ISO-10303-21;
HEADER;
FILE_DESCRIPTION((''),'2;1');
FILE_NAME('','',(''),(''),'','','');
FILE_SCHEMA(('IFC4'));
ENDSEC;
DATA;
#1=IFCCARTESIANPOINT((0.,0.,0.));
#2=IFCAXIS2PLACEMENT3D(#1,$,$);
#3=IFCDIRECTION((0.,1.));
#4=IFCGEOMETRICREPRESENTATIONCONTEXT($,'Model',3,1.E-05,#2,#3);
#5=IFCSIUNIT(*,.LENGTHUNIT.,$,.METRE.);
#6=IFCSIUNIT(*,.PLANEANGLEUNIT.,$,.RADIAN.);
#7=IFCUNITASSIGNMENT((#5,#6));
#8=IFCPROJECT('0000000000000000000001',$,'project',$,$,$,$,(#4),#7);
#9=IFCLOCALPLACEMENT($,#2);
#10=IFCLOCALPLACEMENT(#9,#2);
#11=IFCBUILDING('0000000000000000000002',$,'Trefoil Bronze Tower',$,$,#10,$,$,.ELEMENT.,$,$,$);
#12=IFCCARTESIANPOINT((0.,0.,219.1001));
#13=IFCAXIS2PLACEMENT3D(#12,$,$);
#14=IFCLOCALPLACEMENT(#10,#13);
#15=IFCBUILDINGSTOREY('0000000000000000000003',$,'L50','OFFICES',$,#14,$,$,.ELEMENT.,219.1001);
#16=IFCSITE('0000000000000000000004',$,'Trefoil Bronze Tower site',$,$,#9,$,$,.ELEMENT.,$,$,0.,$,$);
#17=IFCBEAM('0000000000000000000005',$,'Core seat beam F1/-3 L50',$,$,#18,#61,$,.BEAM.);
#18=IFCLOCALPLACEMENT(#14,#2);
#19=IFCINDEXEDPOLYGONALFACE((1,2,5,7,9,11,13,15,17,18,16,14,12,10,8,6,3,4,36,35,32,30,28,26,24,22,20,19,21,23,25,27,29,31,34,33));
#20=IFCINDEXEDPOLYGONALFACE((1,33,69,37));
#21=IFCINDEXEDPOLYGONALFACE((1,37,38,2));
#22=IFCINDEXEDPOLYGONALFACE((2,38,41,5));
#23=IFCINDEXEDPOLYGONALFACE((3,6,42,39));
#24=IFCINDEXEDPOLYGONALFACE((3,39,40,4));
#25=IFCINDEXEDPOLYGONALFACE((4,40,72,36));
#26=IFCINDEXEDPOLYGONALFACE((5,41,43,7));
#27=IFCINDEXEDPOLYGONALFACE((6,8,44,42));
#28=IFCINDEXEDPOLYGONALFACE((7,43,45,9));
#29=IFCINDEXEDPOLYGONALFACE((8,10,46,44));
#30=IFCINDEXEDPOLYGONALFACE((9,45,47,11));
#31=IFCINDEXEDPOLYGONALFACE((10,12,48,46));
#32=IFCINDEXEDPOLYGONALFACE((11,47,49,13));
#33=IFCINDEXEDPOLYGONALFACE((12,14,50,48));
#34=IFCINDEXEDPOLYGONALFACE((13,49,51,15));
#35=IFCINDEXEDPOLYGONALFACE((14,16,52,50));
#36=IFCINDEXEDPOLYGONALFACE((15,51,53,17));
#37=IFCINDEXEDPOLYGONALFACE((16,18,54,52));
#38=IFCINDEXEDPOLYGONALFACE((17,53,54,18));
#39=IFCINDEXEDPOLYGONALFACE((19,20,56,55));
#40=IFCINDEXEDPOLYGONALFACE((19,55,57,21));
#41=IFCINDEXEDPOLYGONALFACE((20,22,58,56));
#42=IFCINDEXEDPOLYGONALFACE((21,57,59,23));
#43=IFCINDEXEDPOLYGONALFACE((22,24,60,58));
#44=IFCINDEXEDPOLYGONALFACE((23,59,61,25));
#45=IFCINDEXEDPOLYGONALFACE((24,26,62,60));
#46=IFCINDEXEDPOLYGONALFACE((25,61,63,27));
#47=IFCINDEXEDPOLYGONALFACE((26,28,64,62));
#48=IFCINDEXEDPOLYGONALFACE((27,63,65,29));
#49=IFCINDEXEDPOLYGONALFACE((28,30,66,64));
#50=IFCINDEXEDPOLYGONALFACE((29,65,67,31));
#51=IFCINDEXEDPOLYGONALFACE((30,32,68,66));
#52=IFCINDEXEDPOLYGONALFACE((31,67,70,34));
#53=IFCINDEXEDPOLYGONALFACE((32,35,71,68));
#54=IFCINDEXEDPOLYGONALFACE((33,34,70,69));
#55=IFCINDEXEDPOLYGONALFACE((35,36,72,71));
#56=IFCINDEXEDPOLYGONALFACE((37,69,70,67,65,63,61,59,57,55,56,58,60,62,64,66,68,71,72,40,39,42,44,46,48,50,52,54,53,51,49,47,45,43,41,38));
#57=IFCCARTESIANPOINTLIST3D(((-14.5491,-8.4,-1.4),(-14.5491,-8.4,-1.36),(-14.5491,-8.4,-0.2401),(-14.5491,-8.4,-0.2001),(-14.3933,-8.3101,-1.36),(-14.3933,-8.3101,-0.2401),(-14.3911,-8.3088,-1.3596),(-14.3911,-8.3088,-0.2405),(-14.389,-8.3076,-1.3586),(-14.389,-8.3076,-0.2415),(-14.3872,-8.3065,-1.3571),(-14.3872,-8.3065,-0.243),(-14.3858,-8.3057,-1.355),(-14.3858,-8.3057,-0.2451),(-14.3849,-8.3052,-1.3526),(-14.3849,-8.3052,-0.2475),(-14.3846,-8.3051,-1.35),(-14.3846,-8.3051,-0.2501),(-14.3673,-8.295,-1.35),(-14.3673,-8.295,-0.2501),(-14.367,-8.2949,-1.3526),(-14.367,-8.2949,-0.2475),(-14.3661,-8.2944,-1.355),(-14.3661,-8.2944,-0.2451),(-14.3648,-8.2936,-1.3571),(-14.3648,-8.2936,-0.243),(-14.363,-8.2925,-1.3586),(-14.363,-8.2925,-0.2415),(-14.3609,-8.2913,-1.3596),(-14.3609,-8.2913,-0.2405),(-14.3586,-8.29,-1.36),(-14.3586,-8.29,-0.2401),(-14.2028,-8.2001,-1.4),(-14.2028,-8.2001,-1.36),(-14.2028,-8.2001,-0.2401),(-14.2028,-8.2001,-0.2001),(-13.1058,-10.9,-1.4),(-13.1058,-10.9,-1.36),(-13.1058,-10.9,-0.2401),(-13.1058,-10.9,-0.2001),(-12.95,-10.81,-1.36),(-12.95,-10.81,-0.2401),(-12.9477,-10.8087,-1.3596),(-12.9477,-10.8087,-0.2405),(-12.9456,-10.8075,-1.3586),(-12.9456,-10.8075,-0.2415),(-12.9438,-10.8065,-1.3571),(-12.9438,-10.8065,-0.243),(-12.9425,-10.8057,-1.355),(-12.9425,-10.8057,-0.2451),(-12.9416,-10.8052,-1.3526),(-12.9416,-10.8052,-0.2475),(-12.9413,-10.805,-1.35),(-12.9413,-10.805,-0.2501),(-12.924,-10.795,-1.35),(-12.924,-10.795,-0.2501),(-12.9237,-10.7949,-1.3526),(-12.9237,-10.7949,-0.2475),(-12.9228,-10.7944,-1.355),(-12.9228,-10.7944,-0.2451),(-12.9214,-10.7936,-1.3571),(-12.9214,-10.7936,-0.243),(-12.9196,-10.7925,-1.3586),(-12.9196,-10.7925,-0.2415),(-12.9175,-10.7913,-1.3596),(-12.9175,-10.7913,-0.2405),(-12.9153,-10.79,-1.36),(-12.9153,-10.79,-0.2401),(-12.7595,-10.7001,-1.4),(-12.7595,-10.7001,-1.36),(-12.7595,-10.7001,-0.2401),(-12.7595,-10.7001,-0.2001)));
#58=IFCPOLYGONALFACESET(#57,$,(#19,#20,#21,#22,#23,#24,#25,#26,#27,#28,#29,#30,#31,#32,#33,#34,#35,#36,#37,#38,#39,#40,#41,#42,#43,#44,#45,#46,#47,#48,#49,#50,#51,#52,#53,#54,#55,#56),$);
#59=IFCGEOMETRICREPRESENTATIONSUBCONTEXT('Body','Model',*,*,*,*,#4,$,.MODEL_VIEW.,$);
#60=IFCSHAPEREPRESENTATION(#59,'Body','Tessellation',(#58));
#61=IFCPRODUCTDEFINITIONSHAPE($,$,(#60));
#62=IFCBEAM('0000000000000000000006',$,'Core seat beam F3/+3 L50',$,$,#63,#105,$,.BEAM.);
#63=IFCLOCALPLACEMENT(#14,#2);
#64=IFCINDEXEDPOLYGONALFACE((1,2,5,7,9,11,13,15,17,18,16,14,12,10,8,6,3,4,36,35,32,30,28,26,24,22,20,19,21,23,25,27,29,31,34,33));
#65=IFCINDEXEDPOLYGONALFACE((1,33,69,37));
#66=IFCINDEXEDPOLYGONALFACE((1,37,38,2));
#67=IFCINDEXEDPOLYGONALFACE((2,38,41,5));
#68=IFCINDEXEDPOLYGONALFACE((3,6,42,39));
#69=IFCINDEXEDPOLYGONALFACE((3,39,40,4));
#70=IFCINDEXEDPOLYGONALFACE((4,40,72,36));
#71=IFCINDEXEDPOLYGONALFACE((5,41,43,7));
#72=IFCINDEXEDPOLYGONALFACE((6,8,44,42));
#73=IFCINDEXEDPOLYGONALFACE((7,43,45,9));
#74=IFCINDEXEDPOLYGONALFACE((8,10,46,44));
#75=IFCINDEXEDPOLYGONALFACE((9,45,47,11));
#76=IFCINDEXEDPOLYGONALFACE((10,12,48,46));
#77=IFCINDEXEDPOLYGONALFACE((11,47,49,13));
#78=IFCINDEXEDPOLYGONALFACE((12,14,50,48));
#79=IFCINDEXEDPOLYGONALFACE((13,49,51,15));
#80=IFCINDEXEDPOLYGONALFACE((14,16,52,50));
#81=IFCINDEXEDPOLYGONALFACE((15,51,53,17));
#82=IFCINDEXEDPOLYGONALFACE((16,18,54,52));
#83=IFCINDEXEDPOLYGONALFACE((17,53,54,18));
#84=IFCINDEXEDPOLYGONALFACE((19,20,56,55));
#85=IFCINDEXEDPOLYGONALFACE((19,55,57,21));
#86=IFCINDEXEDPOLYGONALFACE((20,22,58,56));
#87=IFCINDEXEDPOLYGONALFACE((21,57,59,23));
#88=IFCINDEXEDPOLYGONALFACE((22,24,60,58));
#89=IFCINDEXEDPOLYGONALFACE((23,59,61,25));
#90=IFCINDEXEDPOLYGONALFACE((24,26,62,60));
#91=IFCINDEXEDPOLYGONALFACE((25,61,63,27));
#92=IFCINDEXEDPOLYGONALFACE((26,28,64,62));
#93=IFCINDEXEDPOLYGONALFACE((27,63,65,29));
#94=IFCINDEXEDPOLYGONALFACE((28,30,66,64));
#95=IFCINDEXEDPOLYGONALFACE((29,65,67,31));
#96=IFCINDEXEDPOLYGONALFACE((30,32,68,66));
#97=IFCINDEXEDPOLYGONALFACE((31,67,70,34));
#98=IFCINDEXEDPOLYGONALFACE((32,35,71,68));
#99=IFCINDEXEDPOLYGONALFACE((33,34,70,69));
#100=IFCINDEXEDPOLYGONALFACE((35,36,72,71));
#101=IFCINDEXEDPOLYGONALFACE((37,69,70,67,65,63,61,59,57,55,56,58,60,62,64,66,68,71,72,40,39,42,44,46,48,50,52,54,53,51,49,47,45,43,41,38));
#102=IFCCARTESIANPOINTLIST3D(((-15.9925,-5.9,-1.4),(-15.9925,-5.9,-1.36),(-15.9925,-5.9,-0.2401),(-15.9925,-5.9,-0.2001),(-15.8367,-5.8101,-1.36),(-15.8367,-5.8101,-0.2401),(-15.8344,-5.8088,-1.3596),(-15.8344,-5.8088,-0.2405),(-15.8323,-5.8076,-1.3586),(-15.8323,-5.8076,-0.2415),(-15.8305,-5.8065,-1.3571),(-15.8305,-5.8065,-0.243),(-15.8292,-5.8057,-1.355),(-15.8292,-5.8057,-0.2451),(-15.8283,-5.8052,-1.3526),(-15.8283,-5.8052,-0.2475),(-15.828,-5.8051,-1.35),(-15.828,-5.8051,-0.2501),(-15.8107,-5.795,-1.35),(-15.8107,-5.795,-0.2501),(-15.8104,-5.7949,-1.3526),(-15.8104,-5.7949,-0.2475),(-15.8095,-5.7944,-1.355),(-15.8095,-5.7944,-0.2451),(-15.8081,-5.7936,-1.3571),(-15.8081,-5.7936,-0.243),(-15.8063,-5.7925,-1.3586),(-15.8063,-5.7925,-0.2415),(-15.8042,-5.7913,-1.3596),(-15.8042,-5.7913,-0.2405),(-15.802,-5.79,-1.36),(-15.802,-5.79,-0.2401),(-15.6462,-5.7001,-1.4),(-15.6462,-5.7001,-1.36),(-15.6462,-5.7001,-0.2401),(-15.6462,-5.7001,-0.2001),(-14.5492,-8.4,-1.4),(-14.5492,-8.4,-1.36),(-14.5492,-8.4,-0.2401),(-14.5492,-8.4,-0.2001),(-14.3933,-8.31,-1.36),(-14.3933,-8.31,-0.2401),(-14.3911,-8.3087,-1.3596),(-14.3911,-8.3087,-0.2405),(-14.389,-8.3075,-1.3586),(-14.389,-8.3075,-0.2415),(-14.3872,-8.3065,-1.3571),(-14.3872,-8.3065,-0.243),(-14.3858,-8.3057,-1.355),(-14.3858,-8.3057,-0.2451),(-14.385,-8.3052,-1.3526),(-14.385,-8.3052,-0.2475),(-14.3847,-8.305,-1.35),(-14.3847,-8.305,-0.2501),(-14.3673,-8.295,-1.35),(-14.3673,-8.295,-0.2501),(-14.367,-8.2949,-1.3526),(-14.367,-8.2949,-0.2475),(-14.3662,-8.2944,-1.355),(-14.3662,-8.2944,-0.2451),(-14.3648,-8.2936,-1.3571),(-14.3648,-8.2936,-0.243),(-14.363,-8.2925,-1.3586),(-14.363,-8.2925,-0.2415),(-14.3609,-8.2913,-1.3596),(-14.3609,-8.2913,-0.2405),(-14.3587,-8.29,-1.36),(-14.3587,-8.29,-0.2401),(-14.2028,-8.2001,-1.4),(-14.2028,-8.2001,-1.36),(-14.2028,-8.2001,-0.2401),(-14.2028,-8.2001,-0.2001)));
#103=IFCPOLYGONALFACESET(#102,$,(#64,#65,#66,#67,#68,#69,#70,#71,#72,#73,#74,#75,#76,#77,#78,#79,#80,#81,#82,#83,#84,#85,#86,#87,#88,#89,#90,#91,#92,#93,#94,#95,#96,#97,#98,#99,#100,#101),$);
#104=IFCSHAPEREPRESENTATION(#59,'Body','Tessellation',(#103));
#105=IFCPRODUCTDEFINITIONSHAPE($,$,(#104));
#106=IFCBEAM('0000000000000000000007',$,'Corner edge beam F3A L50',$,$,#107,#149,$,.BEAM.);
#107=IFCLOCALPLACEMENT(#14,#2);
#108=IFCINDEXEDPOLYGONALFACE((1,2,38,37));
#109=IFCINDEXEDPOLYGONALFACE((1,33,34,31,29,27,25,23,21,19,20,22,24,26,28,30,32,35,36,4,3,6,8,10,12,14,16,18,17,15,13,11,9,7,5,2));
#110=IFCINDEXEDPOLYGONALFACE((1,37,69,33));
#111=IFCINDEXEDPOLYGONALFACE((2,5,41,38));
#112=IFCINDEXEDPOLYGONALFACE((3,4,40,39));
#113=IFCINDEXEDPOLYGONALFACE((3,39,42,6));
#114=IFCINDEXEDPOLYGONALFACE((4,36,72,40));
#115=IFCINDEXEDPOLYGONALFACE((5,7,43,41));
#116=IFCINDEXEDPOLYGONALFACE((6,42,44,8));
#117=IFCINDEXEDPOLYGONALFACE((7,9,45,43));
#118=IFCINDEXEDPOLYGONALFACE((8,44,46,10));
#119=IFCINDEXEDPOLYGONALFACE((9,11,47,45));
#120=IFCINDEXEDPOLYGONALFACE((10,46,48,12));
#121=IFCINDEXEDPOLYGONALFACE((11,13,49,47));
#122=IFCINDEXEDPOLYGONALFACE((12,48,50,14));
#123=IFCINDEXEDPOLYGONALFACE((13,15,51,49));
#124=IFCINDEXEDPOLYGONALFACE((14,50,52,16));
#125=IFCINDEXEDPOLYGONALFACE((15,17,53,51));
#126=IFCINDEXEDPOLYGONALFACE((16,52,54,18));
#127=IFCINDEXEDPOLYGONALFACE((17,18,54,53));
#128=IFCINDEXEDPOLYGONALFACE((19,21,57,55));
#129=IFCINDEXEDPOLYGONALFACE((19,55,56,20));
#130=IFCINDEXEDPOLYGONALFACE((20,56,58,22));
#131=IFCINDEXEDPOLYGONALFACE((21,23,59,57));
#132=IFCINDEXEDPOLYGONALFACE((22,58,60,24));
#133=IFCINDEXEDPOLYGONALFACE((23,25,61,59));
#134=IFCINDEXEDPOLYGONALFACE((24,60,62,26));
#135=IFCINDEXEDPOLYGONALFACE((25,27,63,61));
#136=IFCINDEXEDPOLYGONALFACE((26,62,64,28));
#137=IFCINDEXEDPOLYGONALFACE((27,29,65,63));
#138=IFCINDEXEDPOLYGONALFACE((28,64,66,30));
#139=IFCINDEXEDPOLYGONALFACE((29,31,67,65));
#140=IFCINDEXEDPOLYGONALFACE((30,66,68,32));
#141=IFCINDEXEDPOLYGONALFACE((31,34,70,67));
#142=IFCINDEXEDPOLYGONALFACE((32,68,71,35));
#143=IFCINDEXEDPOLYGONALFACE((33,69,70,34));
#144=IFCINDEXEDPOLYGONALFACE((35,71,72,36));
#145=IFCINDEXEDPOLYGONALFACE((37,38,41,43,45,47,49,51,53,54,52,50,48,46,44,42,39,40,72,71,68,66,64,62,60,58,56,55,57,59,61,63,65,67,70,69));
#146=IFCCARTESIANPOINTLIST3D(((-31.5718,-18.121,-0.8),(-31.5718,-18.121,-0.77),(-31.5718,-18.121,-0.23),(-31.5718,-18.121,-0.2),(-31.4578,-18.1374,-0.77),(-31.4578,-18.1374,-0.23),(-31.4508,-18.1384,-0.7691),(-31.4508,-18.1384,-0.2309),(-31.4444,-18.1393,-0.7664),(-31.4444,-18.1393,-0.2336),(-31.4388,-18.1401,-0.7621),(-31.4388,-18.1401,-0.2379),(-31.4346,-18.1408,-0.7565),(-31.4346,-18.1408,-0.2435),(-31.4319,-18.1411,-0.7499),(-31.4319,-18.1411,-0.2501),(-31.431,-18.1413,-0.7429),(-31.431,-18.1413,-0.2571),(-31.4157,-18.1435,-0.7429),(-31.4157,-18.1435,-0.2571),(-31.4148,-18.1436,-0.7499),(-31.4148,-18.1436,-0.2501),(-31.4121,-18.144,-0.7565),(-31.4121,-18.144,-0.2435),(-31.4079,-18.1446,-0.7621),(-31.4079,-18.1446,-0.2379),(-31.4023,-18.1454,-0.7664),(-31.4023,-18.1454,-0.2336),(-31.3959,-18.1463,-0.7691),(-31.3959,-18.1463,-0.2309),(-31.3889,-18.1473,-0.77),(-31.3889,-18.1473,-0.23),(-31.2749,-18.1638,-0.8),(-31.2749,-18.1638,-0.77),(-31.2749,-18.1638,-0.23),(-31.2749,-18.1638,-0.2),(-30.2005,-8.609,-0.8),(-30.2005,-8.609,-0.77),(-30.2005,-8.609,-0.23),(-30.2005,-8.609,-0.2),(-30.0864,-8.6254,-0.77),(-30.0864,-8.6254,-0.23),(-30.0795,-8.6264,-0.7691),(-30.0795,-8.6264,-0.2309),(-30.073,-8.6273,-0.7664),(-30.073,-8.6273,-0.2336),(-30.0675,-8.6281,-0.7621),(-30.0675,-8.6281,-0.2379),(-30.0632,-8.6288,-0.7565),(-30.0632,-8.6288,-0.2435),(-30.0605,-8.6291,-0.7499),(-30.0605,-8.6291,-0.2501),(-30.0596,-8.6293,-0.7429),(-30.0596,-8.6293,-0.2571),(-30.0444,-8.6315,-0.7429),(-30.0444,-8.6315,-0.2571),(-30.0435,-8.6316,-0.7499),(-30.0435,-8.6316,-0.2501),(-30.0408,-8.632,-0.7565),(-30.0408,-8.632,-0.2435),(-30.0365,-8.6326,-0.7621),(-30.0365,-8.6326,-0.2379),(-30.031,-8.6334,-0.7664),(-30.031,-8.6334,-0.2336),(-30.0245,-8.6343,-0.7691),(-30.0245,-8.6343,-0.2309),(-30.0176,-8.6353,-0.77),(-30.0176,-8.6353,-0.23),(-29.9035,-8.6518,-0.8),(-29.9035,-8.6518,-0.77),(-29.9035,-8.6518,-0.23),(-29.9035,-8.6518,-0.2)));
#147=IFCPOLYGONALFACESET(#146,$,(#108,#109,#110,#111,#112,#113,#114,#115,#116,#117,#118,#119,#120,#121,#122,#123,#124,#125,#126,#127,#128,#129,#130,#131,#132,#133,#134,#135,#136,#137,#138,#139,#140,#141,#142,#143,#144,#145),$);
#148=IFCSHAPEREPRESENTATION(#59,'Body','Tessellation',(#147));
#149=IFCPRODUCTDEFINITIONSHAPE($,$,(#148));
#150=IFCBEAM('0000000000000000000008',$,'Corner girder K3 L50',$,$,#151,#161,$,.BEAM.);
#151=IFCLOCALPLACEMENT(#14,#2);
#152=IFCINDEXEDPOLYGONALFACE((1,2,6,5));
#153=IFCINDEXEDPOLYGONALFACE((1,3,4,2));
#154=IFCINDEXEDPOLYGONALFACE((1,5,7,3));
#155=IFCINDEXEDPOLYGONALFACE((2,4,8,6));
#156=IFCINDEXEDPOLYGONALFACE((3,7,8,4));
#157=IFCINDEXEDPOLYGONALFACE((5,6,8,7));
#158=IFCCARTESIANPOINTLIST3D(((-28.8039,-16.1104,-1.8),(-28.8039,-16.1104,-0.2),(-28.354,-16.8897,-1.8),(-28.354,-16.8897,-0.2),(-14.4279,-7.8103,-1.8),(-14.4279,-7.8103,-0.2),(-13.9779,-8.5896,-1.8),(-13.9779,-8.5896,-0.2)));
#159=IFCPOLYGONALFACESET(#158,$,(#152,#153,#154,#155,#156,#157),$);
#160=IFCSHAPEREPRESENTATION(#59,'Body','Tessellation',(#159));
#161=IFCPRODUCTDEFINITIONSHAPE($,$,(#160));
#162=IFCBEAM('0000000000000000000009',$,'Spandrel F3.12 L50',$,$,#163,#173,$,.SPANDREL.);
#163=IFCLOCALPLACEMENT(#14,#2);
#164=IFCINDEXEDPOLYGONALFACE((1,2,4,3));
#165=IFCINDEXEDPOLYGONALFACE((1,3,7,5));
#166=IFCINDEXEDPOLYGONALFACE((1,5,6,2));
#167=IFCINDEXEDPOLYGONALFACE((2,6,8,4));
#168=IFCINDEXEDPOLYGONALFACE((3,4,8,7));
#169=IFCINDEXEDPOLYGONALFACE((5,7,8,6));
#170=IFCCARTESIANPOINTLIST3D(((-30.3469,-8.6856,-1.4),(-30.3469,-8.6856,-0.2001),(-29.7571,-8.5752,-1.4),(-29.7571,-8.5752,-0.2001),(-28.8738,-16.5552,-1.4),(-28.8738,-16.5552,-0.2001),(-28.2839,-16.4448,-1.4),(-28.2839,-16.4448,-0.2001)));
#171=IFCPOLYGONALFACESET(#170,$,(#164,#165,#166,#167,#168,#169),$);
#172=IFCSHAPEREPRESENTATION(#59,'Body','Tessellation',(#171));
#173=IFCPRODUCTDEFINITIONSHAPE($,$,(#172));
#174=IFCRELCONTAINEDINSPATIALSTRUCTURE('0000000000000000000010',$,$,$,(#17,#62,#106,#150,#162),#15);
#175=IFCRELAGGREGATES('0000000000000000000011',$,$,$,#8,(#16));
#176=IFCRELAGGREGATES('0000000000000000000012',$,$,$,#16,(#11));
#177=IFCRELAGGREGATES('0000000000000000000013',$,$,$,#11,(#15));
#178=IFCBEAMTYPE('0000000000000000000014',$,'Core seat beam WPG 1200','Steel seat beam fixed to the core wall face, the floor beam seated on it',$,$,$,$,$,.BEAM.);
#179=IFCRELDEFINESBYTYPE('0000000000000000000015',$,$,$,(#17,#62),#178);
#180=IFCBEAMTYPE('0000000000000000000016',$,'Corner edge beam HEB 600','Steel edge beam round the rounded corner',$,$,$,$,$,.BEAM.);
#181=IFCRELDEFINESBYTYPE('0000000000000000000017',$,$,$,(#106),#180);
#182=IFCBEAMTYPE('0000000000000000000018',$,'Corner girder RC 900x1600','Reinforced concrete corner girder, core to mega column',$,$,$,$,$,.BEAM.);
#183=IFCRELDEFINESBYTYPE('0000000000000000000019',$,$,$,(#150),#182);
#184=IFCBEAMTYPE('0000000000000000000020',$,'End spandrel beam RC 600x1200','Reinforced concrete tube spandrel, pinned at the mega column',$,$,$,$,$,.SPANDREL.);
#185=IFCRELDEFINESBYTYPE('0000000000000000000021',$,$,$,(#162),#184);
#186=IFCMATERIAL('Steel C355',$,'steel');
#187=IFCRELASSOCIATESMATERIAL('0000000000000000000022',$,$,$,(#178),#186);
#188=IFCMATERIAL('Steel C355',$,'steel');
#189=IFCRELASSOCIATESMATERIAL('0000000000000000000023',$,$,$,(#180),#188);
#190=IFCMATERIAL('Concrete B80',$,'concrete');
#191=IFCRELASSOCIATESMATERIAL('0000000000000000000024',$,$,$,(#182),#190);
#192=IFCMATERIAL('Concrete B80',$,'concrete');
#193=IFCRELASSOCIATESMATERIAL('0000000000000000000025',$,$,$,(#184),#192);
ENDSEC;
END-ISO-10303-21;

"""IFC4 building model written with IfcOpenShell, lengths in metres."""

from ifc_helpers import new_model, si_unit, direction, frame, origin, origin_2d, place, context, subcontext, project, spatial, rectangle, i_section, extrude, material, material_profile, profile_set, type_object, element, save


model = new_model("IFC4")

# Units and contexts
model_context = context("Model", 3, precision=1e-05, world=origin(), true_north=direction((0.0, 1.0)))
body_context = subcontext(model_context, "Body", "Model", "MODEL_VIEW")
ifc_project = project(units=[si_unit("LENGTHUNIT", "METRE"), si_unit("PLANEANGLEUNIT", "RADIAN")], contexts=[model_context])

# Site, building, storey
site_placement = place(None, origin())
site = spatial("IfcSite", under=ifc_project, at=site_placement, Name="Trefoil Bronze Tower site", CompositionType="ELEMENT", RefElevation=0.0)
building_placement = place(site_placement, origin())
building = spatial("IfcBuilding", under=site, at=building_placement, Name="Trefoil Bronze Tower", CompositionType="ELEMENT")
storey_placement = place(building_placement, frame((0.0, 0.0, 219.1001)))
storey = spatial("IfcBuildingStorey", under=building, at=storey_placement, Name="L50", Description="OFFICES", CompositionType="ELEMENT", Elevation=219.1001)

# Beams
ifc_material_1 = material(Name="Steel C355", Category="steel")
ifc_material_profile_1 = material_profile(ifc_material_1, i_section(OverallWidth=0.3999, OverallDepth=1.2, WebThickness=0.02, FlangeThickness=0.04, FilletRadius=0.01, at=origin_2d()), Name="WPG 1200")
ifc_profile_set_1 = profile_set([ifc_material_profile_1], Name="Steel C355")
beam_type_1 = type_object("IfcBeamType", Name="Core seat beam WPG 1200", Description="Steel seat beam fixed to the core wall face, the floor beam seated on it", PredefinedType="BEAM", material=ifc_profile_set_1)
for number, where, z_axis, x_axis, name in (
    (1, (-14.376, -8.3, -0.8), (0.499996, -0.866028, 0.0), (0.866028, 0.499996, 0.0), "Core seat beam F1/-3 L50"),
    (2, (-15.8193, -5.8, -0.8), (0.499996, -0.866028, 0.0), (0.866028, 0.499996, 0.0), "Core seat beam F3/+3 L50"),
):
    element("IfcBeam", number, at=place(storey_placement, frame(where, z_axis=z_axis, x_axis=x_axis)), inside=storey, type_object=beam_type_1, Name=name, PredefinedType="BEAM", context=body_context, shape_type="SweptSolid", body=[
        extrude(i_section(OverallWidth=0.3999, OverallDepth=1.2, WebThickness=0.02, FlangeThickness=0.04, FilletRadius=0.01, at=origin_2d()), origin(), (0.0, 0.0, 1.0), 2.8867),
    ])
ifc_material_2 = material(Name="Steel C355", Category="steel")
ifc_material_profile_2 = material_profile(ifc_material_2, i_section(OverallWidth=0.3, OverallDepth=0.6001, WebThickness=0.0154, FlangeThickness=0.03, FilletRadius=0.0271, at=origin_2d()), Name="HEB 600")
ifc_profile_set_2 = profile_set([ifc_material_profile_2], Name="Steel C355")
beam_type_2 = type_object("IfcBeamType", Name="Corner edge beam HEB 600", Description="Steel edge beam round the rounded corner", PredefinedType="BEAM", material=ifc_profile_set_2)
beam_1_placement = place(storey_placement, frame((-30.052, -8.6304, -0.5), z_axis=(-0.142694, -0.989767, 0.0), x_axis=(0.989767, -0.142694, 0.0)))
element("IfcBeam", 3, at=beam_1_placement, inside=storey, type_object=beam_type_2, Name="Corner edge beam F3A L50", PredefinedType="BEAM", context=body_context, shape_type="SweptSolid", body=[
    extrude(i_section(OverallWidth=0.3, OverallDepth=0.6001, WebThickness=0.0154, FlangeThickness=0.03, FilletRadius=0.0271, at=origin_2d()), origin(), (0.0, 0.0, 1.0), 9.6104),
])
ifc_material_3 = material(Name="Concrete B80", Category="concrete")
ifc_material_profile_3 = material_profile(ifc_material_3, rectangle(XDim=0.8999, YDim=1.6001, at=origin_2d()), Name="RC 900x1600")
ifc_profile_set_3 = profile_set([ifc_material_profile_3], Name="Concrete B80")
beam_type_3 = type_object("IfcBeamType", Name="Corner girder RC 900x1600", Description="Reinforced concrete corner girder, core to mega column", PredefinedType="BEAM", material=ifc_profile_set_3)
beam_2_placement = place(storey_placement, frame((-14.2029, -8.2, -1.0), z_axis=(-0.866023, -0.500003, 0.0), x_axis=(0.500003, -0.866023, 0.0)))
element("IfcBeam", 4, at=beam_2_placement, inside=storey, type_object=beam_type_3, Name="Corner girder K3 L50", PredefinedType="BEAM", context=body_context, shape_type="SweptSolid", body=[
    extrude(rectangle(XDim=0.8999, YDim=1.6001, at=origin_2d()), origin(), (0.0, 0.0, 1.0), 16.6001),
])
ifc_material_4 = material(Name="Concrete B80", Category="concrete")
ifc_material_profile_4 = material_profile(ifc_material_4, rectangle(XDim=0.6001, YDim=1.2, at=origin_2d()), Name="RC 600x1200")
ifc_profile_set_4 = profile_set([ifc_material_profile_4], Name="Concrete B80")
beam_type_4 = type_object("IfcBeamType", Name="End spandrel beam RC 600x1200", Description="Reinforced concrete tube spandrel, pinned at the mega column", PredefinedType="SPANDREL", material=ifc_profile_set_4)
beam_3_placement = place(storey_placement, frame((-30.052, -8.6304, -0.8), z_axis=(0.183998, -0.982927, 0.0), x_axis=(0.982927, 0.183998, 0.0)))
element("IfcBeam", 5, at=beam_3_placement, inside=storey, type_object=beam_type_4, Name="Spandrel F3.12 L50", PredefinedType="SPANDREL", context=body_context, shape_type="SweptSolid", body=[
    extrude(rectangle(XDim=0.6001, YDim=1.2, at=origin_2d()), origin(), (0.0, 0.0, 1.0), 8.0063),
])

save(model, "model.ifc")
